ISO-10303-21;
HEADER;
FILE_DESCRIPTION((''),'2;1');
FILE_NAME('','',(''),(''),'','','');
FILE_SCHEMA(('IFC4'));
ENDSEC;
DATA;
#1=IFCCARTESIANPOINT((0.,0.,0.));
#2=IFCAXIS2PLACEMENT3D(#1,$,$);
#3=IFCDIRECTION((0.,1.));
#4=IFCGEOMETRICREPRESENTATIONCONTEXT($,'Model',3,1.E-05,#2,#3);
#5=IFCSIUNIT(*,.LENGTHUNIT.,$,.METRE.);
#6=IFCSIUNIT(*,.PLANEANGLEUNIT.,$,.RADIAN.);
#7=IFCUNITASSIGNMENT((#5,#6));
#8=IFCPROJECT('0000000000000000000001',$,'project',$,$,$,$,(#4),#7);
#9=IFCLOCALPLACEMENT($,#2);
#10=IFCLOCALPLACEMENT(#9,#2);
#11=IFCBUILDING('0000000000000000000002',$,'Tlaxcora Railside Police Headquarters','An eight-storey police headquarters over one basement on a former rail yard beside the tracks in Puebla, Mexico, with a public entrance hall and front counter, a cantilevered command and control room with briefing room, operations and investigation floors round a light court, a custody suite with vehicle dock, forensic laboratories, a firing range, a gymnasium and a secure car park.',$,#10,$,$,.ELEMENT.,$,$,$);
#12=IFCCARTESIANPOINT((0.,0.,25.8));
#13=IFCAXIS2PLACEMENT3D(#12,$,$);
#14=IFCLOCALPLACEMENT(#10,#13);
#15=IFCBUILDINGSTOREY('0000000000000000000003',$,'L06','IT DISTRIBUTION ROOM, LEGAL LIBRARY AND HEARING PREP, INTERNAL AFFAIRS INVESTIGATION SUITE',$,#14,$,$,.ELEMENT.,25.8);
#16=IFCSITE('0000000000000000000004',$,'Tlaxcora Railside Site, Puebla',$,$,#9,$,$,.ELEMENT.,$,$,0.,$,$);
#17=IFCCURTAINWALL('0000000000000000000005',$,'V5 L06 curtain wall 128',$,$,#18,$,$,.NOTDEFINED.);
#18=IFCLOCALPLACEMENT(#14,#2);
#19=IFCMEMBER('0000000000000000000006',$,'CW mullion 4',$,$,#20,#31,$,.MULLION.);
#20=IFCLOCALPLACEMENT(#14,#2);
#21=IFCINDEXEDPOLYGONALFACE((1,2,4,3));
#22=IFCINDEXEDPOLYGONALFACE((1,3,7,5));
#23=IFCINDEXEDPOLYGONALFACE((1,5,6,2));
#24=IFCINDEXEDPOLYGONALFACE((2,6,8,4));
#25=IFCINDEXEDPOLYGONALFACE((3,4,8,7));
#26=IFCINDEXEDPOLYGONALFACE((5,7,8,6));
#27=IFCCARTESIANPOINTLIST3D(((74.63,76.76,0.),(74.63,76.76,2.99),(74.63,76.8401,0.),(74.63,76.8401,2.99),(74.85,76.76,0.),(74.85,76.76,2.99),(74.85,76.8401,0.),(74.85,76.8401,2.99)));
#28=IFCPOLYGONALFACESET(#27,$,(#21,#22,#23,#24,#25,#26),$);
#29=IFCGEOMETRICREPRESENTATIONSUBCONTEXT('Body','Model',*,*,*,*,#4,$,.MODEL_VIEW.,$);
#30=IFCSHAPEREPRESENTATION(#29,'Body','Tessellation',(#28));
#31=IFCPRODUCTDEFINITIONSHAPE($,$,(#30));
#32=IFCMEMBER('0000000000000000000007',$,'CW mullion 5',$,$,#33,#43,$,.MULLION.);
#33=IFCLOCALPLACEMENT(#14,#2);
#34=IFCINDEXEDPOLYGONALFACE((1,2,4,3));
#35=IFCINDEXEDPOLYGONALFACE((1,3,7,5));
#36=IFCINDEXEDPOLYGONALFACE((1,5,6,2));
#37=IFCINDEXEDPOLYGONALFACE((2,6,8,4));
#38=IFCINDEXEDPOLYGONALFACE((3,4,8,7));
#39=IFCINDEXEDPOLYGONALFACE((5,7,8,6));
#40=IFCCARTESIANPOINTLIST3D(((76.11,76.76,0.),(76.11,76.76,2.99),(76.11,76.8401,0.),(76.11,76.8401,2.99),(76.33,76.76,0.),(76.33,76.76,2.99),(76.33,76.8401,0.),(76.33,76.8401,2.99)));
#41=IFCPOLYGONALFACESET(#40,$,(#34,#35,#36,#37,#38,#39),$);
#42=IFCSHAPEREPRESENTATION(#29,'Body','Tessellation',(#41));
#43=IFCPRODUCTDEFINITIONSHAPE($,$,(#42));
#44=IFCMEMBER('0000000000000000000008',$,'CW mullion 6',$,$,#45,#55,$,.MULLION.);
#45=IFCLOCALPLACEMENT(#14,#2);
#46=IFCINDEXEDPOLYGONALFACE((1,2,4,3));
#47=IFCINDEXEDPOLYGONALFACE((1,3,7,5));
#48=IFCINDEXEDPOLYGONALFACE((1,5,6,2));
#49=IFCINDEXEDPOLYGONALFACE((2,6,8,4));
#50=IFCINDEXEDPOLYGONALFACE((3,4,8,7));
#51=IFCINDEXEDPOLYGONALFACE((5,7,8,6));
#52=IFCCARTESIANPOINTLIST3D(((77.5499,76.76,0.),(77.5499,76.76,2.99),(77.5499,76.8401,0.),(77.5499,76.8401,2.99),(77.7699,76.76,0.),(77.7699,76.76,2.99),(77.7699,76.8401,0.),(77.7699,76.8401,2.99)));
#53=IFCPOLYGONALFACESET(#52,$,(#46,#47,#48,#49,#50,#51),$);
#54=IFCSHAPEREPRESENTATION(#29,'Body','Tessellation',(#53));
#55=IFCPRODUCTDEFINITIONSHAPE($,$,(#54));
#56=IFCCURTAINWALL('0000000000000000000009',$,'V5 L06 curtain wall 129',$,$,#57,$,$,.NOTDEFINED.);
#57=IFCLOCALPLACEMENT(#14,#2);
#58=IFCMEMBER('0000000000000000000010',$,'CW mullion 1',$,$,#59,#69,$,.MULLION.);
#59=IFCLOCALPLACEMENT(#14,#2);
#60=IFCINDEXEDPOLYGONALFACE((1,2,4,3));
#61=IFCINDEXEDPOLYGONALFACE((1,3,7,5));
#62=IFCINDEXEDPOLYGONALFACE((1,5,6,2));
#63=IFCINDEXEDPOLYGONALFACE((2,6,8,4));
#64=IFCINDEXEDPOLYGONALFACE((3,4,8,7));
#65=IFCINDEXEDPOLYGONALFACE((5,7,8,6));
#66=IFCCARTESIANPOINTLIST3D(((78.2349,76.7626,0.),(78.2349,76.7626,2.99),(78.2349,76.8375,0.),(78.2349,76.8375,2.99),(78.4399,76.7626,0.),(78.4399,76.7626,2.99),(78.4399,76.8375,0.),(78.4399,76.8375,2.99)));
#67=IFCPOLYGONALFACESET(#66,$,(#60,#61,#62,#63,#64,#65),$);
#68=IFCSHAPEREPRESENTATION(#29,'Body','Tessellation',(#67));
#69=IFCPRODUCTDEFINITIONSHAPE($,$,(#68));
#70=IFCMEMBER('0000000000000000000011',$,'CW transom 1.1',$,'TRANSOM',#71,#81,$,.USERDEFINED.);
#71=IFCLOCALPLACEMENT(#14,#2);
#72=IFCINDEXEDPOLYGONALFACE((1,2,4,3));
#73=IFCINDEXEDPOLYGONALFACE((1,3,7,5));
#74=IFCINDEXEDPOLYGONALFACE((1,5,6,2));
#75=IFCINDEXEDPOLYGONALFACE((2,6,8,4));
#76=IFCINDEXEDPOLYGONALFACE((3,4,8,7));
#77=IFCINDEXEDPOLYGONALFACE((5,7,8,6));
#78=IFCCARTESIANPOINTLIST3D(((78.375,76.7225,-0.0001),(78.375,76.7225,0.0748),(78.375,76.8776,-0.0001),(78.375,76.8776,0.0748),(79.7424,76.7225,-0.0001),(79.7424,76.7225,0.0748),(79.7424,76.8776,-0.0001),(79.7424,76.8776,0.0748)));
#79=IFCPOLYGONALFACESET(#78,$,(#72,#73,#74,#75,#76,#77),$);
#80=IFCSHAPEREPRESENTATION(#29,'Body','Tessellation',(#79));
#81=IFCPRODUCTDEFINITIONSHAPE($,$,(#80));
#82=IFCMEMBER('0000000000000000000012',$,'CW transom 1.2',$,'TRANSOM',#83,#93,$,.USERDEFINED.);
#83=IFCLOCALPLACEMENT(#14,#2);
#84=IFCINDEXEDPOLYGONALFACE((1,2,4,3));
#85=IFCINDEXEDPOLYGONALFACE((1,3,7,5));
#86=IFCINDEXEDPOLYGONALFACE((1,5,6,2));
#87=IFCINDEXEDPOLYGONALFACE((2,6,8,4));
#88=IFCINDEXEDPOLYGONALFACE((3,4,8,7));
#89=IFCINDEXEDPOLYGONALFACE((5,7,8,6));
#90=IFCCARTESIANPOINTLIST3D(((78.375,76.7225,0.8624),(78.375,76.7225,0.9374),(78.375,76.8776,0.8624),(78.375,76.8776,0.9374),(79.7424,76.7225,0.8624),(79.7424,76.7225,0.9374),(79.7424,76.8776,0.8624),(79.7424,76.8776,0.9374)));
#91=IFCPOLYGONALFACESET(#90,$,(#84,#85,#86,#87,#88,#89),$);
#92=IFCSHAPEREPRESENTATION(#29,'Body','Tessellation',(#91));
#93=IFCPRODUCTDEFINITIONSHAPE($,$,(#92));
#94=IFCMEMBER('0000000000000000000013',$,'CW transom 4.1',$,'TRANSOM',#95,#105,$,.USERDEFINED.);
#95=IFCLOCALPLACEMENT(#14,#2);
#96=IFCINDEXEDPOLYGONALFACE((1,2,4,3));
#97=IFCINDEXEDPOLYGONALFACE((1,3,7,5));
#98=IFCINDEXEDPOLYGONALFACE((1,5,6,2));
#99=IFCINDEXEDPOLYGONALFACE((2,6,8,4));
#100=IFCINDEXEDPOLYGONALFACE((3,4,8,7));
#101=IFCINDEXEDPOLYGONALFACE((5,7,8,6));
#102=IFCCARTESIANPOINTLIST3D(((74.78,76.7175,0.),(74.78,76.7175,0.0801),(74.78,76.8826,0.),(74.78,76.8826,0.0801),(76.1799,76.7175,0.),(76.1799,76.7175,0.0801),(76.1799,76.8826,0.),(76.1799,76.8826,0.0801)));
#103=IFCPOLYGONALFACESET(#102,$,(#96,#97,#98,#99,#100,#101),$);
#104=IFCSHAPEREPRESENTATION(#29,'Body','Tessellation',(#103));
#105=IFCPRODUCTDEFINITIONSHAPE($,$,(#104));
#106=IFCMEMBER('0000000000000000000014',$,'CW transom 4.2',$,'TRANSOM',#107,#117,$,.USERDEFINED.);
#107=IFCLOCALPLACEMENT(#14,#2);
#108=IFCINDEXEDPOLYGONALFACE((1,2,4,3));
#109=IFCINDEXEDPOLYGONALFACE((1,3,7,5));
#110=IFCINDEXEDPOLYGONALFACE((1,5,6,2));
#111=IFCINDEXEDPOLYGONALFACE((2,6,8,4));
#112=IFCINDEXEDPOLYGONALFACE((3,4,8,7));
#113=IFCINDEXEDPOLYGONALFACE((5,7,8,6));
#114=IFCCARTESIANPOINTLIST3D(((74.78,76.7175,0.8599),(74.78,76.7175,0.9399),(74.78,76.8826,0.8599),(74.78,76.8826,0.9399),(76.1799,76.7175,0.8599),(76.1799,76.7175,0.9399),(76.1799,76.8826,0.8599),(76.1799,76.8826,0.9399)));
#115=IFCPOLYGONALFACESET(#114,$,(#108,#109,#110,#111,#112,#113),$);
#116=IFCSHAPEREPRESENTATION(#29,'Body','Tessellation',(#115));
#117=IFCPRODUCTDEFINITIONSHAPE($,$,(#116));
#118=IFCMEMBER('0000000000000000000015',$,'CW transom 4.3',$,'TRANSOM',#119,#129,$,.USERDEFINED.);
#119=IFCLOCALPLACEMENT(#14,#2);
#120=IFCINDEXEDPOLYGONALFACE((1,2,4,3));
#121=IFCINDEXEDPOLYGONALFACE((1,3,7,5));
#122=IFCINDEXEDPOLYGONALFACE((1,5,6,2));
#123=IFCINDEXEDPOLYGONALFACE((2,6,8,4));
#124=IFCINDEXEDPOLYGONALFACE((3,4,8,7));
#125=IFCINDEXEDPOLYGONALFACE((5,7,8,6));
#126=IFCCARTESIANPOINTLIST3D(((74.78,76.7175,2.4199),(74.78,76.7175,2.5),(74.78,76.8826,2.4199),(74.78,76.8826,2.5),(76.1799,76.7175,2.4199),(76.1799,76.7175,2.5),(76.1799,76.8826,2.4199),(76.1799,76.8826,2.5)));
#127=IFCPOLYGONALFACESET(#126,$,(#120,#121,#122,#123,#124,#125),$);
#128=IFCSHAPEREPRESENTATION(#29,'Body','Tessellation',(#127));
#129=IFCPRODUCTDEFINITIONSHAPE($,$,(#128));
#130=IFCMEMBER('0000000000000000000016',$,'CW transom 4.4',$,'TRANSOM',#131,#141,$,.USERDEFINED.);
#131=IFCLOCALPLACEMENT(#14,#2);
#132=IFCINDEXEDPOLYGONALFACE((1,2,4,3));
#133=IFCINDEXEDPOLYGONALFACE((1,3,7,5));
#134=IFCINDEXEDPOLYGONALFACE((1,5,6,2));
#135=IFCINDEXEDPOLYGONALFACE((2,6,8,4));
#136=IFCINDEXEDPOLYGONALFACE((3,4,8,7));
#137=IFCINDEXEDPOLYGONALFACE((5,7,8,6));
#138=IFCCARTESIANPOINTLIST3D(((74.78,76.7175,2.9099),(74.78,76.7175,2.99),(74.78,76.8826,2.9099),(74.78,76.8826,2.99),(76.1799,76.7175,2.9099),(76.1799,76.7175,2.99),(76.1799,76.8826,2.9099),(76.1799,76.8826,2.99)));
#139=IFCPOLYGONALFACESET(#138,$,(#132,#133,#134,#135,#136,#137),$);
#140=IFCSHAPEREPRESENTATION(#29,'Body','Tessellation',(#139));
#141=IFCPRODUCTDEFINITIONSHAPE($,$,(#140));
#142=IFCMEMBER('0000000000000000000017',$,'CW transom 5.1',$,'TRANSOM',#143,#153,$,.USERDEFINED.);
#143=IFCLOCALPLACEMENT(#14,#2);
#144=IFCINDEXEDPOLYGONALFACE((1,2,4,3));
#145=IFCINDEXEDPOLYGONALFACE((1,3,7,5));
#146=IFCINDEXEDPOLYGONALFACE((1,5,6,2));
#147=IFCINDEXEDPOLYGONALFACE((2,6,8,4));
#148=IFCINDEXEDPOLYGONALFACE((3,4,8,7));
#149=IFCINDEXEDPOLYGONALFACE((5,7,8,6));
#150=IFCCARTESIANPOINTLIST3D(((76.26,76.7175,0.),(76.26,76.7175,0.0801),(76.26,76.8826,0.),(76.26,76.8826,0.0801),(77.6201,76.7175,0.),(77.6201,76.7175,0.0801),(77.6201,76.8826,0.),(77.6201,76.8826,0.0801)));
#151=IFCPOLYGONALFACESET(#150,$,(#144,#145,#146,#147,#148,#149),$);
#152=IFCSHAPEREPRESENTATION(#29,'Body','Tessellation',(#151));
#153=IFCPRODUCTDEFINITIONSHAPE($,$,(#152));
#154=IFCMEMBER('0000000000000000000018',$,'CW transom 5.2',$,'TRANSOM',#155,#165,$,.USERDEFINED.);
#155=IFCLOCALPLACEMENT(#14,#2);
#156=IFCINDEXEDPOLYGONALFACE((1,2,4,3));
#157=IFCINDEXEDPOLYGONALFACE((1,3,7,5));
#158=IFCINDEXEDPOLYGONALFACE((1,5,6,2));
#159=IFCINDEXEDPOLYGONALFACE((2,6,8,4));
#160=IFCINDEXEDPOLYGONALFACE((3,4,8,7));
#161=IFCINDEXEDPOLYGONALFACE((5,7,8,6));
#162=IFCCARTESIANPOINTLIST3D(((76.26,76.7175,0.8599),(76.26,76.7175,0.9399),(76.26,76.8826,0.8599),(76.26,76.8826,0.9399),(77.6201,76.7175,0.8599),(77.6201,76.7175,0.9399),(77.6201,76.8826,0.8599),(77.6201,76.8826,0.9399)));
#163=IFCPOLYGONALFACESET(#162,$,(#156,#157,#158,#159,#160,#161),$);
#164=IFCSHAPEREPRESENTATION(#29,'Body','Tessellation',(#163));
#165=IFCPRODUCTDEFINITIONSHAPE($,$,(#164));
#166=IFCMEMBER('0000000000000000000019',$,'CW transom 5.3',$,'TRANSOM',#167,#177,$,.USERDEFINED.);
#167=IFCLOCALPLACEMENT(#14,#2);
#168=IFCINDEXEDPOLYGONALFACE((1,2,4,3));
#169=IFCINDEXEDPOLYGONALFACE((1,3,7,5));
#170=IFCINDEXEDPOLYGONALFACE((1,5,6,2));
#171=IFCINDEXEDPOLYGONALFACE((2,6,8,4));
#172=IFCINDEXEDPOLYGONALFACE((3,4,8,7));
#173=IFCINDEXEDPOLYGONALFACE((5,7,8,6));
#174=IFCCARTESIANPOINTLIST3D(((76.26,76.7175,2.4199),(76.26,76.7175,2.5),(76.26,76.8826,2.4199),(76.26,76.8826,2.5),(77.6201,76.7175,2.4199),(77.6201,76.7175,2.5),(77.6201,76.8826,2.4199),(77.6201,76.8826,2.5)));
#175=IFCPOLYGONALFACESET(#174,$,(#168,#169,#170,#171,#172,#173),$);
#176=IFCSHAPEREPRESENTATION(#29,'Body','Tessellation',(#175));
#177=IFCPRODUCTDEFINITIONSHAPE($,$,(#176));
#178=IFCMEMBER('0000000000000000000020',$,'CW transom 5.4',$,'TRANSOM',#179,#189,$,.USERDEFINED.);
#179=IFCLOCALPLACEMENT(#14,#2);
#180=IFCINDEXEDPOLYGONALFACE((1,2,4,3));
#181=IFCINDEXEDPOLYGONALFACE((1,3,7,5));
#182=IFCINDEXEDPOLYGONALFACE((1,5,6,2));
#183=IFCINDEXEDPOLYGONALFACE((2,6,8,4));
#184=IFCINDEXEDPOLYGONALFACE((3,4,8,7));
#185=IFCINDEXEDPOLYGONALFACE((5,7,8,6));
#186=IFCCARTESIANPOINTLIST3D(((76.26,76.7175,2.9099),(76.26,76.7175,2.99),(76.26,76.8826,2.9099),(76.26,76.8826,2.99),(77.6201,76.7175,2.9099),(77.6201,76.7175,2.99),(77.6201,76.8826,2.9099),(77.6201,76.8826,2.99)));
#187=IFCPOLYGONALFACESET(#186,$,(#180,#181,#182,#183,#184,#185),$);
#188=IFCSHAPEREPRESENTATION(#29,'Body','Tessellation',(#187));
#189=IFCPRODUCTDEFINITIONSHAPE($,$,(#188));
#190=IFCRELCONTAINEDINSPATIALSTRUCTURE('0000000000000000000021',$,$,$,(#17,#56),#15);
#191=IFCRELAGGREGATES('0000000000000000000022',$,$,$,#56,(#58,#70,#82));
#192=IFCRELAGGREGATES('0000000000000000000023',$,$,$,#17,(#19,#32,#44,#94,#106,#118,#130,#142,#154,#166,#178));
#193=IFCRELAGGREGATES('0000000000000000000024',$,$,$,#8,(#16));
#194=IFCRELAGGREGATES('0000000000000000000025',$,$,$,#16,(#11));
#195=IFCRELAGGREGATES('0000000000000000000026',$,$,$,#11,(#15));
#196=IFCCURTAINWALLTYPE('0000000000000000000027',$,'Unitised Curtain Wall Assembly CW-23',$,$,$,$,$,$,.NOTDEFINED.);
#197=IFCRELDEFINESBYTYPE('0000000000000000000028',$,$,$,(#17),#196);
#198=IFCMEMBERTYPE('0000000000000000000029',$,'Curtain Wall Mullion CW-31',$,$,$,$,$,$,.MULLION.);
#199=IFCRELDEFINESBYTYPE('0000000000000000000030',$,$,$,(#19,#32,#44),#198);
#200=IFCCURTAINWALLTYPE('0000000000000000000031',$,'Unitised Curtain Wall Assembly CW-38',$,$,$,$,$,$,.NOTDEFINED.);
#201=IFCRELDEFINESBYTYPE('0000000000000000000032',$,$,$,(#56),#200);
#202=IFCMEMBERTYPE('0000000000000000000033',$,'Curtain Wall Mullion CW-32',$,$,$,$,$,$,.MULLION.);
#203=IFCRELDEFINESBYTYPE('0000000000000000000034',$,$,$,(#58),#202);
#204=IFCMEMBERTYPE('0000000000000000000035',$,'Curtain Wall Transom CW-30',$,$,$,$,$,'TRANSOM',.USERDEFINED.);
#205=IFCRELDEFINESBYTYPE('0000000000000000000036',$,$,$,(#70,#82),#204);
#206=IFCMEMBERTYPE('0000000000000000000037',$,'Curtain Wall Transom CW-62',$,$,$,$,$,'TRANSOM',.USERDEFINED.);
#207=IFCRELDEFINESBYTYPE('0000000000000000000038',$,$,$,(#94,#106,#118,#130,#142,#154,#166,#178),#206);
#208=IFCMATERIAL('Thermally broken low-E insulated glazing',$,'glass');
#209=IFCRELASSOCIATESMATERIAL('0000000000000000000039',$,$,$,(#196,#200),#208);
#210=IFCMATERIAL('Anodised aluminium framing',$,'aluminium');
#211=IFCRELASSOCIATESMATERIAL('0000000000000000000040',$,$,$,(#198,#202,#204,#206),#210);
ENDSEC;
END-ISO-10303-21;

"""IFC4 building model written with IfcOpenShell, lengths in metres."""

from ifc_helpers import new_model, si_unit, direction, frame, origin, origin_2d, place, context, subcontext, project, spatial, rectangle, extrude, material, material_profile, profile_set, type_object, element, aggregate, save


model = new_model("IFC4")

# Units and contexts
model_context = context("Model", 3, precision=1e-05, world=origin(), true_north=direction((0.0, 1.0)))
body_context = subcontext(model_context, "Body", "Model", "MODEL_VIEW")
ifc_project = project(units=[si_unit("LENGTHUNIT", "METRE"), si_unit("PLANEANGLEUNIT", "RADIAN")], contexts=[model_context])

# Site, building, storey
site_placement = place(None, origin())
site = spatial("IfcSite", under=ifc_project, at=site_placement, Name="Tlaxcora Railside Site, Puebla", CompositionType="ELEMENT", RefElevation=0.0)
building_placement = place(site_placement, origin())
building = spatial("IfcBuilding", under=site, at=building_placement, Name="Tlaxcora Railside Police Headquarters", Description="An eight-storey police headquarters over one basement on a former rail yard beside the tracks in Puebla, Mexico, with a public entrance hall and front counter, a cantilevered command and control room with briefing room, operations and investigation floors round a light court, a custody suite with vehicle dock, forensic laboratories, a firing range, a gymnasium and a secure car park.", CompositionType="ELEMENT")
storey_placement = place(building_placement, frame((0.0, 0.0, 25.8)))
storey = spatial("IfcBuildingStorey", under=building, at=storey_placement, Name="L06", Description="IT DISTRIBUTION ROOM, LEGAL LIBRARY AND HEARING PREP, INTERNAL AFFAIRS INVESTIGATION SUITE", CompositionType="ELEMENT", Elevation=25.8)

# Curtain walls, members
ifc_material_1 = material(Name="Thermally broken low-E insulated glazing", Category="glass")
curtain_wall_type_1 = type_object("IfcCurtainWallType", Name="Unitised Curtain Wall Assembly CW-23", PredefinedType="NOTDEFINED", material=ifc_material_1)
curtain_wall_1_placement = place(storey_placement, origin())
curtain_wall_1 = element("IfcCurtainWall", 1, at=curtain_wall_1_placement, inside=storey, type_object=curtain_wall_type_1, Name="V5 L06 curtain wall 128", PredefinedType="NOTDEFINED")
ifc_material_2 = material(Name="Anodised aluminium framing", Category="aluminium")
ifc_material_profile_1 = material_profile(ifc_material_2, rectangle(XDim=0.0801, YDim=0.22, at=origin_2d()), Name="AL80X220")
ifc_profile_set_1 = profile_set([ifc_material_profile_1], Name="Anodised aluminium framing")
member_type_1 = type_object("IfcMemberType", Name="Curtain Wall Mullion CW-31", PredefinedType="MULLION", material=ifc_profile_set_1)
member_1_placement = place(storey_placement, frame((74.74, 76.8, 0.0), z_axis=(0.0, 0.0, 1.0), x_axis=(0.0, 1.0, 0.0)))
member_1 = element("IfcMember", 2, at=member_1_placement, type_object=member_type_1, Name="CW mullion 4", PredefinedType="MULLION", context=body_context, shape_type="SweptSolid", body=[
    extrude(rectangle(XDim=0.0801, YDim=0.22, at=origin_2d()), origin(), (0.0, 0.0, 1.0), 2.99),
])
member_2_placement = place(storey_placement, frame((76.22, 76.8, 0.0), z_axis=(0.0, 0.0, 1.0), x_axis=(0.0, 1.0, 0.0)))
member_2 = element("IfcMember", 3, at=member_2_placement, type_object=member_type_1, Name="CW mullion 5", PredefinedType="MULLION", context=body_context, shape_type="SweptSolid", body=[
    extrude(rectangle(XDim=0.0801, YDim=0.22, at=origin_2d()), origin(), (0.0, 0.0, 1.0), 2.99),
])
member_3_placement = place(storey_placement, frame((77.6599, 76.8, 0.0), z_axis=(0.0, 0.0, 1.0), x_axis=(0.0, 1.0, 0.0)))
member_3 = element("IfcMember", 4, at=member_3_placement, type_object=member_type_1, Name="CW mullion 6", PredefinedType="MULLION", context=body_context, shape_type="SweptSolid", body=[
    extrude(rectangle(XDim=0.0801, YDim=0.22, at=origin_2d()), origin(), (0.0, 0.0, 1.0), 2.99),
])
curtain_wall_type_2 = type_object("IfcCurtainWallType", Name="Unitised Curtain Wall Assembly CW-38", PredefinedType="NOTDEFINED", material=ifc_material_1)
curtain_wall_2_placement = place(storey_placement, origin())
curtain_wall_2 = element("IfcCurtainWall", 5, at=curtain_wall_2_placement, inside=storey, type_object=curtain_wall_type_2, Name="V5 L06 curtain wall 129", PredefinedType="NOTDEFINED")
ifc_material_profile_2 = material_profile(ifc_material_2, rectangle(XDim=0.075, YDim=0.2051, at=origin_2d()), Name="AL75X205")
ifc_profile_set_2 = profile_set([ifc_material_profile_2], Name="Anodised aluminium framing")
member_type_2 = type_object("IfcMemberType", Name="Curtain Wall Mullion CW-32", PredefinedType="MULLION", material=ifc_profile_set_2)
member_4_placement = place(storey_placement, frame((78.3374, 76.8, 0.0), z_axis=(0.0, 0.0, 1.0), x_axis=(0.0, 1.0, 0.0)))
member_4 = element("IfcMember", 6, at=member_4_placement, type_object=member_type_2, Name="CW mullion 1", PredefinedType="MULLION", context=body_context, shape_type="SweptSolid", body=[
    extrude(rectangle(XDim=0.075, YDim=0.2051, at=origin_2d()), origin(), (0.0, 0.0, 1.0), 2.99),
])
ifc_material_profile_3 = material_profile(ifc_material_2, rectangle(XDim=0.155, YDim=0.075, at=origin_2d()), Name="AL75X155")
ifc_profile_set_3 = profile_set([ifc_material_profile_3], Name="Anodised aluminium framing")
member_type_3 = type_object("IfcMemberType", Name="Curtain Wall Transom CW-30", ElementType="TRANSOM", PredefinedType="USERDEFINED", material=ifc_profile_set_3)
member_5_placement = place(storey_placement, frame((78.375, 76.8, 0.0374), z_axis=(1.0, 0.0, 0.0), x_axis=(0.0, 1.0, 0.0)))
member_5 = element("IfcMember", 7, at=member_5_placement, type_object=member_type_3, Name="CW transom 1.1", ObjectType="TRANSOM", PredefinedType="USERDEFINED", context=body_context, shape_type="SweptSolid", body=[
    extrude(rectangle(XDim=0.155, YDim=0.075, at=origin_2d()), origin(), (0.0, 0.0, 1.0), 1.3674),
])
member_6_placement = place(storey_placement, frame((78.375, 76.8, 0.8999), z_axis=(1.0, 0.0, 0.0), x_axis=(0.0, 1.0, 0.0)))
member_6 = element("IfcMember", 8, at=member_6_placement, type_object=member_type_3, Name="CW transom 1.2", ObjectType="TRANSOM", PredefinedType="USERDEFINED", context=body_context, shape_type="SweptSolid", body=[
    extrude(rectangle(XDim=0.155, YDim=0.075, at=origin_2d()), origin(), (0.0, 0.0, 1.0), 1.3674),
])
aggregate(curtain_wall_2, [member_4, member_5, member_6])

# Members
ifc_material_profile_4 = material_profile(ifc_material_2, rectangle(XDim=0.165, YDim=0.0801, at=origin_2d()), Name="AL80X165")
ifc_profile_set_4 = profile_set([ifc_material_profile_4], Name="Anodised aluminium framing")
member_type_4 = type_object("IfcMemberType", Name="Curtain Wall Transom CW-62", ElementType="TRANSOM", PredefinedType="USERDEFINED", material=ifc_profile_set_4)
member_7_placement = place(storey_placement, frame((74.78, 76.8, 0.04), z_axis=(1.0, 0.0, 0.0), x_axis=(0.0, 1.0, 0.0)))
member_7 = element("IfcMember", 9, at=member_7_placement, type_object=member_type_4, Name="CW transom 4.1", ObjectType="TRANSOM", PredefinedType="USERDEFINED", context=body_context, shape_type="SweptSolid", body=[
    extrude(rectangle(XDim=0.165, YDim=0.0801, at=origin_2d()), origin(), (0.0, 0.0, 1.0), 1.3999),
])
member_8_placement = place(storey_placement, frame((74.78, 76.8, 0.8999), z_axis=(1.0, 0.0, 0.0), x_axis=(0.0, 1.0, 0.0)))
member_8 = element("IfcMember", 10, at=member_8_placement, type_object=member_type_4, Name="CW transom 4.2", ObjectType="TRANSOM", PredefinedType="USERDEFINED", context=body_context, shape_type="SweptSolid", body=[
    extrude(rectangle(XDim=0.165, YDim=0.0801, at=origin_2d()), origin(), (0.0, 0.0, 1.0), 1.3999),
])
member_9_placement = place(storey_placement, frame((74.78, 76.8, 2.46), z_axis=(1.0, 0.0, 0.0), x_axis=(0.0, 1.0, 0.0)))
member_9 = element("IfcMember", 11, at=member_9_placement, type_object=member_type_4, Name="CW transom 4.3", ObjectType="TRANSOM", PredefinedType="USERDEFINED", context=body_context, shape_type="SweptSolid", body=[
    extrude(rectangle(XDim=0.165, YDim=0.0801, at=origin_2d()), origin(), (0.0, 0.0, 1.0), 1.3999),
])
member_10_placement = place(storey_placement, frame((74.78, 76.8, 2.95), z_axis=(1.0, 0.0, 0.0), x_axis=(0.0, 1.0, 0.0)))
member_10 = element("IfcMember", 12, at=member_10_placement, type_object=member_type_4, Name="CW transom 4.4", ObjectType="TRANSOM", PredefinedType="USERDEFINED", context=body_context, shape_type="SweptSolid", body=[
    extrude(rectangle(XDim=0.165, YDim=0.0801, at=origin_2d()), origin(), (0.0, 0.0, 1.0), 1.3999),
])
member_11_placement = place(storey_placement, frame((76.26, 76.8, 0.04), z_axis=(1.0, 0.0, 0.0), x_axis=(0.0, 1.0, 0.0)))
member_11 = element("IfcMember", 13, at=member_11_placement, type_object=member_type_4, Name="CW transom 5.1", ObjectType="TRANSOM", PredefinedType="USERDEFINED", context=body_context, shape_type="SweptSolid", body=[
    extrude(rectangle(XDim=0.165, YDim=0.0801, at=origin_2d()), origin(), (0.0, 0.0, 1.0), 1.3601),
])
member_12_placement = place(storey_placement, frame((76.26, 76.8, 0.8999), z_axis=(1.0, 0.0, 0.0), x_axis=(0.0, 1.0, 0.0)))
member_12 = element("IfcMember", 14, at=member_12_placement, type_object=member_type_4, Name="CW transom 5.2", ObjectType="TRANSOM", PredefinedType="USERDEFINED", context=body_context, shape_type="SweptSolid", body=[
    extrude(rectangle(XDim=0.165, YDim=0.0801, at=origin_2d()), origin(), (0.0, 0.0, 1.0), 1.3601),
])
member_13_placement = place(storey_placement, frame((76.26, 76.8, 2.46), z_axis=(1.0, 0.0, 0.0), x_axis=(0.0, 1.0, 0.0)))
member_13 = element("IfcMember", 15, at=member_13_placement, type_object=member_type_4, Name="CW transom 5.3", ObjectType="TRANSOM", PredefinedType="USERDEFINED", context=body_context, shape_type="SweptSolid", body=[
    extrude(rectangle(XDim=0.165, YDim=0.0801, at=origin_2d()), origin(), (0.0, 0.0, 1.0), 1.3601),
])
member_14_placement = place(storey_placement, frame((76.26, 76.8, 2.95), z_axis=(1.0, 0.0, 0.0), x_axis=(0.0, 1.0, 0.0)))
member_14 = element("IfcMember", 16, at=member_14_placement, type_object=member_type_4, Name="CW transom 5.4", ObjectType="TRANSOM", PredefinedType="USERDEFINED", context=body_context, shape_type="SweptSolid", body=[
    extrude(rectangle(XDim=0.165, YDim=0.0801, at=origin_2d()), origin(), (0.0, 0.0, 1.0), 1.3601),
])

aggregate(curtain_wall_1, [member_1, member_2, member_3, member_7, member_8, member_9, member_10, member_11, member_12, member_13, member_14])

save(model, "model.ifc")
